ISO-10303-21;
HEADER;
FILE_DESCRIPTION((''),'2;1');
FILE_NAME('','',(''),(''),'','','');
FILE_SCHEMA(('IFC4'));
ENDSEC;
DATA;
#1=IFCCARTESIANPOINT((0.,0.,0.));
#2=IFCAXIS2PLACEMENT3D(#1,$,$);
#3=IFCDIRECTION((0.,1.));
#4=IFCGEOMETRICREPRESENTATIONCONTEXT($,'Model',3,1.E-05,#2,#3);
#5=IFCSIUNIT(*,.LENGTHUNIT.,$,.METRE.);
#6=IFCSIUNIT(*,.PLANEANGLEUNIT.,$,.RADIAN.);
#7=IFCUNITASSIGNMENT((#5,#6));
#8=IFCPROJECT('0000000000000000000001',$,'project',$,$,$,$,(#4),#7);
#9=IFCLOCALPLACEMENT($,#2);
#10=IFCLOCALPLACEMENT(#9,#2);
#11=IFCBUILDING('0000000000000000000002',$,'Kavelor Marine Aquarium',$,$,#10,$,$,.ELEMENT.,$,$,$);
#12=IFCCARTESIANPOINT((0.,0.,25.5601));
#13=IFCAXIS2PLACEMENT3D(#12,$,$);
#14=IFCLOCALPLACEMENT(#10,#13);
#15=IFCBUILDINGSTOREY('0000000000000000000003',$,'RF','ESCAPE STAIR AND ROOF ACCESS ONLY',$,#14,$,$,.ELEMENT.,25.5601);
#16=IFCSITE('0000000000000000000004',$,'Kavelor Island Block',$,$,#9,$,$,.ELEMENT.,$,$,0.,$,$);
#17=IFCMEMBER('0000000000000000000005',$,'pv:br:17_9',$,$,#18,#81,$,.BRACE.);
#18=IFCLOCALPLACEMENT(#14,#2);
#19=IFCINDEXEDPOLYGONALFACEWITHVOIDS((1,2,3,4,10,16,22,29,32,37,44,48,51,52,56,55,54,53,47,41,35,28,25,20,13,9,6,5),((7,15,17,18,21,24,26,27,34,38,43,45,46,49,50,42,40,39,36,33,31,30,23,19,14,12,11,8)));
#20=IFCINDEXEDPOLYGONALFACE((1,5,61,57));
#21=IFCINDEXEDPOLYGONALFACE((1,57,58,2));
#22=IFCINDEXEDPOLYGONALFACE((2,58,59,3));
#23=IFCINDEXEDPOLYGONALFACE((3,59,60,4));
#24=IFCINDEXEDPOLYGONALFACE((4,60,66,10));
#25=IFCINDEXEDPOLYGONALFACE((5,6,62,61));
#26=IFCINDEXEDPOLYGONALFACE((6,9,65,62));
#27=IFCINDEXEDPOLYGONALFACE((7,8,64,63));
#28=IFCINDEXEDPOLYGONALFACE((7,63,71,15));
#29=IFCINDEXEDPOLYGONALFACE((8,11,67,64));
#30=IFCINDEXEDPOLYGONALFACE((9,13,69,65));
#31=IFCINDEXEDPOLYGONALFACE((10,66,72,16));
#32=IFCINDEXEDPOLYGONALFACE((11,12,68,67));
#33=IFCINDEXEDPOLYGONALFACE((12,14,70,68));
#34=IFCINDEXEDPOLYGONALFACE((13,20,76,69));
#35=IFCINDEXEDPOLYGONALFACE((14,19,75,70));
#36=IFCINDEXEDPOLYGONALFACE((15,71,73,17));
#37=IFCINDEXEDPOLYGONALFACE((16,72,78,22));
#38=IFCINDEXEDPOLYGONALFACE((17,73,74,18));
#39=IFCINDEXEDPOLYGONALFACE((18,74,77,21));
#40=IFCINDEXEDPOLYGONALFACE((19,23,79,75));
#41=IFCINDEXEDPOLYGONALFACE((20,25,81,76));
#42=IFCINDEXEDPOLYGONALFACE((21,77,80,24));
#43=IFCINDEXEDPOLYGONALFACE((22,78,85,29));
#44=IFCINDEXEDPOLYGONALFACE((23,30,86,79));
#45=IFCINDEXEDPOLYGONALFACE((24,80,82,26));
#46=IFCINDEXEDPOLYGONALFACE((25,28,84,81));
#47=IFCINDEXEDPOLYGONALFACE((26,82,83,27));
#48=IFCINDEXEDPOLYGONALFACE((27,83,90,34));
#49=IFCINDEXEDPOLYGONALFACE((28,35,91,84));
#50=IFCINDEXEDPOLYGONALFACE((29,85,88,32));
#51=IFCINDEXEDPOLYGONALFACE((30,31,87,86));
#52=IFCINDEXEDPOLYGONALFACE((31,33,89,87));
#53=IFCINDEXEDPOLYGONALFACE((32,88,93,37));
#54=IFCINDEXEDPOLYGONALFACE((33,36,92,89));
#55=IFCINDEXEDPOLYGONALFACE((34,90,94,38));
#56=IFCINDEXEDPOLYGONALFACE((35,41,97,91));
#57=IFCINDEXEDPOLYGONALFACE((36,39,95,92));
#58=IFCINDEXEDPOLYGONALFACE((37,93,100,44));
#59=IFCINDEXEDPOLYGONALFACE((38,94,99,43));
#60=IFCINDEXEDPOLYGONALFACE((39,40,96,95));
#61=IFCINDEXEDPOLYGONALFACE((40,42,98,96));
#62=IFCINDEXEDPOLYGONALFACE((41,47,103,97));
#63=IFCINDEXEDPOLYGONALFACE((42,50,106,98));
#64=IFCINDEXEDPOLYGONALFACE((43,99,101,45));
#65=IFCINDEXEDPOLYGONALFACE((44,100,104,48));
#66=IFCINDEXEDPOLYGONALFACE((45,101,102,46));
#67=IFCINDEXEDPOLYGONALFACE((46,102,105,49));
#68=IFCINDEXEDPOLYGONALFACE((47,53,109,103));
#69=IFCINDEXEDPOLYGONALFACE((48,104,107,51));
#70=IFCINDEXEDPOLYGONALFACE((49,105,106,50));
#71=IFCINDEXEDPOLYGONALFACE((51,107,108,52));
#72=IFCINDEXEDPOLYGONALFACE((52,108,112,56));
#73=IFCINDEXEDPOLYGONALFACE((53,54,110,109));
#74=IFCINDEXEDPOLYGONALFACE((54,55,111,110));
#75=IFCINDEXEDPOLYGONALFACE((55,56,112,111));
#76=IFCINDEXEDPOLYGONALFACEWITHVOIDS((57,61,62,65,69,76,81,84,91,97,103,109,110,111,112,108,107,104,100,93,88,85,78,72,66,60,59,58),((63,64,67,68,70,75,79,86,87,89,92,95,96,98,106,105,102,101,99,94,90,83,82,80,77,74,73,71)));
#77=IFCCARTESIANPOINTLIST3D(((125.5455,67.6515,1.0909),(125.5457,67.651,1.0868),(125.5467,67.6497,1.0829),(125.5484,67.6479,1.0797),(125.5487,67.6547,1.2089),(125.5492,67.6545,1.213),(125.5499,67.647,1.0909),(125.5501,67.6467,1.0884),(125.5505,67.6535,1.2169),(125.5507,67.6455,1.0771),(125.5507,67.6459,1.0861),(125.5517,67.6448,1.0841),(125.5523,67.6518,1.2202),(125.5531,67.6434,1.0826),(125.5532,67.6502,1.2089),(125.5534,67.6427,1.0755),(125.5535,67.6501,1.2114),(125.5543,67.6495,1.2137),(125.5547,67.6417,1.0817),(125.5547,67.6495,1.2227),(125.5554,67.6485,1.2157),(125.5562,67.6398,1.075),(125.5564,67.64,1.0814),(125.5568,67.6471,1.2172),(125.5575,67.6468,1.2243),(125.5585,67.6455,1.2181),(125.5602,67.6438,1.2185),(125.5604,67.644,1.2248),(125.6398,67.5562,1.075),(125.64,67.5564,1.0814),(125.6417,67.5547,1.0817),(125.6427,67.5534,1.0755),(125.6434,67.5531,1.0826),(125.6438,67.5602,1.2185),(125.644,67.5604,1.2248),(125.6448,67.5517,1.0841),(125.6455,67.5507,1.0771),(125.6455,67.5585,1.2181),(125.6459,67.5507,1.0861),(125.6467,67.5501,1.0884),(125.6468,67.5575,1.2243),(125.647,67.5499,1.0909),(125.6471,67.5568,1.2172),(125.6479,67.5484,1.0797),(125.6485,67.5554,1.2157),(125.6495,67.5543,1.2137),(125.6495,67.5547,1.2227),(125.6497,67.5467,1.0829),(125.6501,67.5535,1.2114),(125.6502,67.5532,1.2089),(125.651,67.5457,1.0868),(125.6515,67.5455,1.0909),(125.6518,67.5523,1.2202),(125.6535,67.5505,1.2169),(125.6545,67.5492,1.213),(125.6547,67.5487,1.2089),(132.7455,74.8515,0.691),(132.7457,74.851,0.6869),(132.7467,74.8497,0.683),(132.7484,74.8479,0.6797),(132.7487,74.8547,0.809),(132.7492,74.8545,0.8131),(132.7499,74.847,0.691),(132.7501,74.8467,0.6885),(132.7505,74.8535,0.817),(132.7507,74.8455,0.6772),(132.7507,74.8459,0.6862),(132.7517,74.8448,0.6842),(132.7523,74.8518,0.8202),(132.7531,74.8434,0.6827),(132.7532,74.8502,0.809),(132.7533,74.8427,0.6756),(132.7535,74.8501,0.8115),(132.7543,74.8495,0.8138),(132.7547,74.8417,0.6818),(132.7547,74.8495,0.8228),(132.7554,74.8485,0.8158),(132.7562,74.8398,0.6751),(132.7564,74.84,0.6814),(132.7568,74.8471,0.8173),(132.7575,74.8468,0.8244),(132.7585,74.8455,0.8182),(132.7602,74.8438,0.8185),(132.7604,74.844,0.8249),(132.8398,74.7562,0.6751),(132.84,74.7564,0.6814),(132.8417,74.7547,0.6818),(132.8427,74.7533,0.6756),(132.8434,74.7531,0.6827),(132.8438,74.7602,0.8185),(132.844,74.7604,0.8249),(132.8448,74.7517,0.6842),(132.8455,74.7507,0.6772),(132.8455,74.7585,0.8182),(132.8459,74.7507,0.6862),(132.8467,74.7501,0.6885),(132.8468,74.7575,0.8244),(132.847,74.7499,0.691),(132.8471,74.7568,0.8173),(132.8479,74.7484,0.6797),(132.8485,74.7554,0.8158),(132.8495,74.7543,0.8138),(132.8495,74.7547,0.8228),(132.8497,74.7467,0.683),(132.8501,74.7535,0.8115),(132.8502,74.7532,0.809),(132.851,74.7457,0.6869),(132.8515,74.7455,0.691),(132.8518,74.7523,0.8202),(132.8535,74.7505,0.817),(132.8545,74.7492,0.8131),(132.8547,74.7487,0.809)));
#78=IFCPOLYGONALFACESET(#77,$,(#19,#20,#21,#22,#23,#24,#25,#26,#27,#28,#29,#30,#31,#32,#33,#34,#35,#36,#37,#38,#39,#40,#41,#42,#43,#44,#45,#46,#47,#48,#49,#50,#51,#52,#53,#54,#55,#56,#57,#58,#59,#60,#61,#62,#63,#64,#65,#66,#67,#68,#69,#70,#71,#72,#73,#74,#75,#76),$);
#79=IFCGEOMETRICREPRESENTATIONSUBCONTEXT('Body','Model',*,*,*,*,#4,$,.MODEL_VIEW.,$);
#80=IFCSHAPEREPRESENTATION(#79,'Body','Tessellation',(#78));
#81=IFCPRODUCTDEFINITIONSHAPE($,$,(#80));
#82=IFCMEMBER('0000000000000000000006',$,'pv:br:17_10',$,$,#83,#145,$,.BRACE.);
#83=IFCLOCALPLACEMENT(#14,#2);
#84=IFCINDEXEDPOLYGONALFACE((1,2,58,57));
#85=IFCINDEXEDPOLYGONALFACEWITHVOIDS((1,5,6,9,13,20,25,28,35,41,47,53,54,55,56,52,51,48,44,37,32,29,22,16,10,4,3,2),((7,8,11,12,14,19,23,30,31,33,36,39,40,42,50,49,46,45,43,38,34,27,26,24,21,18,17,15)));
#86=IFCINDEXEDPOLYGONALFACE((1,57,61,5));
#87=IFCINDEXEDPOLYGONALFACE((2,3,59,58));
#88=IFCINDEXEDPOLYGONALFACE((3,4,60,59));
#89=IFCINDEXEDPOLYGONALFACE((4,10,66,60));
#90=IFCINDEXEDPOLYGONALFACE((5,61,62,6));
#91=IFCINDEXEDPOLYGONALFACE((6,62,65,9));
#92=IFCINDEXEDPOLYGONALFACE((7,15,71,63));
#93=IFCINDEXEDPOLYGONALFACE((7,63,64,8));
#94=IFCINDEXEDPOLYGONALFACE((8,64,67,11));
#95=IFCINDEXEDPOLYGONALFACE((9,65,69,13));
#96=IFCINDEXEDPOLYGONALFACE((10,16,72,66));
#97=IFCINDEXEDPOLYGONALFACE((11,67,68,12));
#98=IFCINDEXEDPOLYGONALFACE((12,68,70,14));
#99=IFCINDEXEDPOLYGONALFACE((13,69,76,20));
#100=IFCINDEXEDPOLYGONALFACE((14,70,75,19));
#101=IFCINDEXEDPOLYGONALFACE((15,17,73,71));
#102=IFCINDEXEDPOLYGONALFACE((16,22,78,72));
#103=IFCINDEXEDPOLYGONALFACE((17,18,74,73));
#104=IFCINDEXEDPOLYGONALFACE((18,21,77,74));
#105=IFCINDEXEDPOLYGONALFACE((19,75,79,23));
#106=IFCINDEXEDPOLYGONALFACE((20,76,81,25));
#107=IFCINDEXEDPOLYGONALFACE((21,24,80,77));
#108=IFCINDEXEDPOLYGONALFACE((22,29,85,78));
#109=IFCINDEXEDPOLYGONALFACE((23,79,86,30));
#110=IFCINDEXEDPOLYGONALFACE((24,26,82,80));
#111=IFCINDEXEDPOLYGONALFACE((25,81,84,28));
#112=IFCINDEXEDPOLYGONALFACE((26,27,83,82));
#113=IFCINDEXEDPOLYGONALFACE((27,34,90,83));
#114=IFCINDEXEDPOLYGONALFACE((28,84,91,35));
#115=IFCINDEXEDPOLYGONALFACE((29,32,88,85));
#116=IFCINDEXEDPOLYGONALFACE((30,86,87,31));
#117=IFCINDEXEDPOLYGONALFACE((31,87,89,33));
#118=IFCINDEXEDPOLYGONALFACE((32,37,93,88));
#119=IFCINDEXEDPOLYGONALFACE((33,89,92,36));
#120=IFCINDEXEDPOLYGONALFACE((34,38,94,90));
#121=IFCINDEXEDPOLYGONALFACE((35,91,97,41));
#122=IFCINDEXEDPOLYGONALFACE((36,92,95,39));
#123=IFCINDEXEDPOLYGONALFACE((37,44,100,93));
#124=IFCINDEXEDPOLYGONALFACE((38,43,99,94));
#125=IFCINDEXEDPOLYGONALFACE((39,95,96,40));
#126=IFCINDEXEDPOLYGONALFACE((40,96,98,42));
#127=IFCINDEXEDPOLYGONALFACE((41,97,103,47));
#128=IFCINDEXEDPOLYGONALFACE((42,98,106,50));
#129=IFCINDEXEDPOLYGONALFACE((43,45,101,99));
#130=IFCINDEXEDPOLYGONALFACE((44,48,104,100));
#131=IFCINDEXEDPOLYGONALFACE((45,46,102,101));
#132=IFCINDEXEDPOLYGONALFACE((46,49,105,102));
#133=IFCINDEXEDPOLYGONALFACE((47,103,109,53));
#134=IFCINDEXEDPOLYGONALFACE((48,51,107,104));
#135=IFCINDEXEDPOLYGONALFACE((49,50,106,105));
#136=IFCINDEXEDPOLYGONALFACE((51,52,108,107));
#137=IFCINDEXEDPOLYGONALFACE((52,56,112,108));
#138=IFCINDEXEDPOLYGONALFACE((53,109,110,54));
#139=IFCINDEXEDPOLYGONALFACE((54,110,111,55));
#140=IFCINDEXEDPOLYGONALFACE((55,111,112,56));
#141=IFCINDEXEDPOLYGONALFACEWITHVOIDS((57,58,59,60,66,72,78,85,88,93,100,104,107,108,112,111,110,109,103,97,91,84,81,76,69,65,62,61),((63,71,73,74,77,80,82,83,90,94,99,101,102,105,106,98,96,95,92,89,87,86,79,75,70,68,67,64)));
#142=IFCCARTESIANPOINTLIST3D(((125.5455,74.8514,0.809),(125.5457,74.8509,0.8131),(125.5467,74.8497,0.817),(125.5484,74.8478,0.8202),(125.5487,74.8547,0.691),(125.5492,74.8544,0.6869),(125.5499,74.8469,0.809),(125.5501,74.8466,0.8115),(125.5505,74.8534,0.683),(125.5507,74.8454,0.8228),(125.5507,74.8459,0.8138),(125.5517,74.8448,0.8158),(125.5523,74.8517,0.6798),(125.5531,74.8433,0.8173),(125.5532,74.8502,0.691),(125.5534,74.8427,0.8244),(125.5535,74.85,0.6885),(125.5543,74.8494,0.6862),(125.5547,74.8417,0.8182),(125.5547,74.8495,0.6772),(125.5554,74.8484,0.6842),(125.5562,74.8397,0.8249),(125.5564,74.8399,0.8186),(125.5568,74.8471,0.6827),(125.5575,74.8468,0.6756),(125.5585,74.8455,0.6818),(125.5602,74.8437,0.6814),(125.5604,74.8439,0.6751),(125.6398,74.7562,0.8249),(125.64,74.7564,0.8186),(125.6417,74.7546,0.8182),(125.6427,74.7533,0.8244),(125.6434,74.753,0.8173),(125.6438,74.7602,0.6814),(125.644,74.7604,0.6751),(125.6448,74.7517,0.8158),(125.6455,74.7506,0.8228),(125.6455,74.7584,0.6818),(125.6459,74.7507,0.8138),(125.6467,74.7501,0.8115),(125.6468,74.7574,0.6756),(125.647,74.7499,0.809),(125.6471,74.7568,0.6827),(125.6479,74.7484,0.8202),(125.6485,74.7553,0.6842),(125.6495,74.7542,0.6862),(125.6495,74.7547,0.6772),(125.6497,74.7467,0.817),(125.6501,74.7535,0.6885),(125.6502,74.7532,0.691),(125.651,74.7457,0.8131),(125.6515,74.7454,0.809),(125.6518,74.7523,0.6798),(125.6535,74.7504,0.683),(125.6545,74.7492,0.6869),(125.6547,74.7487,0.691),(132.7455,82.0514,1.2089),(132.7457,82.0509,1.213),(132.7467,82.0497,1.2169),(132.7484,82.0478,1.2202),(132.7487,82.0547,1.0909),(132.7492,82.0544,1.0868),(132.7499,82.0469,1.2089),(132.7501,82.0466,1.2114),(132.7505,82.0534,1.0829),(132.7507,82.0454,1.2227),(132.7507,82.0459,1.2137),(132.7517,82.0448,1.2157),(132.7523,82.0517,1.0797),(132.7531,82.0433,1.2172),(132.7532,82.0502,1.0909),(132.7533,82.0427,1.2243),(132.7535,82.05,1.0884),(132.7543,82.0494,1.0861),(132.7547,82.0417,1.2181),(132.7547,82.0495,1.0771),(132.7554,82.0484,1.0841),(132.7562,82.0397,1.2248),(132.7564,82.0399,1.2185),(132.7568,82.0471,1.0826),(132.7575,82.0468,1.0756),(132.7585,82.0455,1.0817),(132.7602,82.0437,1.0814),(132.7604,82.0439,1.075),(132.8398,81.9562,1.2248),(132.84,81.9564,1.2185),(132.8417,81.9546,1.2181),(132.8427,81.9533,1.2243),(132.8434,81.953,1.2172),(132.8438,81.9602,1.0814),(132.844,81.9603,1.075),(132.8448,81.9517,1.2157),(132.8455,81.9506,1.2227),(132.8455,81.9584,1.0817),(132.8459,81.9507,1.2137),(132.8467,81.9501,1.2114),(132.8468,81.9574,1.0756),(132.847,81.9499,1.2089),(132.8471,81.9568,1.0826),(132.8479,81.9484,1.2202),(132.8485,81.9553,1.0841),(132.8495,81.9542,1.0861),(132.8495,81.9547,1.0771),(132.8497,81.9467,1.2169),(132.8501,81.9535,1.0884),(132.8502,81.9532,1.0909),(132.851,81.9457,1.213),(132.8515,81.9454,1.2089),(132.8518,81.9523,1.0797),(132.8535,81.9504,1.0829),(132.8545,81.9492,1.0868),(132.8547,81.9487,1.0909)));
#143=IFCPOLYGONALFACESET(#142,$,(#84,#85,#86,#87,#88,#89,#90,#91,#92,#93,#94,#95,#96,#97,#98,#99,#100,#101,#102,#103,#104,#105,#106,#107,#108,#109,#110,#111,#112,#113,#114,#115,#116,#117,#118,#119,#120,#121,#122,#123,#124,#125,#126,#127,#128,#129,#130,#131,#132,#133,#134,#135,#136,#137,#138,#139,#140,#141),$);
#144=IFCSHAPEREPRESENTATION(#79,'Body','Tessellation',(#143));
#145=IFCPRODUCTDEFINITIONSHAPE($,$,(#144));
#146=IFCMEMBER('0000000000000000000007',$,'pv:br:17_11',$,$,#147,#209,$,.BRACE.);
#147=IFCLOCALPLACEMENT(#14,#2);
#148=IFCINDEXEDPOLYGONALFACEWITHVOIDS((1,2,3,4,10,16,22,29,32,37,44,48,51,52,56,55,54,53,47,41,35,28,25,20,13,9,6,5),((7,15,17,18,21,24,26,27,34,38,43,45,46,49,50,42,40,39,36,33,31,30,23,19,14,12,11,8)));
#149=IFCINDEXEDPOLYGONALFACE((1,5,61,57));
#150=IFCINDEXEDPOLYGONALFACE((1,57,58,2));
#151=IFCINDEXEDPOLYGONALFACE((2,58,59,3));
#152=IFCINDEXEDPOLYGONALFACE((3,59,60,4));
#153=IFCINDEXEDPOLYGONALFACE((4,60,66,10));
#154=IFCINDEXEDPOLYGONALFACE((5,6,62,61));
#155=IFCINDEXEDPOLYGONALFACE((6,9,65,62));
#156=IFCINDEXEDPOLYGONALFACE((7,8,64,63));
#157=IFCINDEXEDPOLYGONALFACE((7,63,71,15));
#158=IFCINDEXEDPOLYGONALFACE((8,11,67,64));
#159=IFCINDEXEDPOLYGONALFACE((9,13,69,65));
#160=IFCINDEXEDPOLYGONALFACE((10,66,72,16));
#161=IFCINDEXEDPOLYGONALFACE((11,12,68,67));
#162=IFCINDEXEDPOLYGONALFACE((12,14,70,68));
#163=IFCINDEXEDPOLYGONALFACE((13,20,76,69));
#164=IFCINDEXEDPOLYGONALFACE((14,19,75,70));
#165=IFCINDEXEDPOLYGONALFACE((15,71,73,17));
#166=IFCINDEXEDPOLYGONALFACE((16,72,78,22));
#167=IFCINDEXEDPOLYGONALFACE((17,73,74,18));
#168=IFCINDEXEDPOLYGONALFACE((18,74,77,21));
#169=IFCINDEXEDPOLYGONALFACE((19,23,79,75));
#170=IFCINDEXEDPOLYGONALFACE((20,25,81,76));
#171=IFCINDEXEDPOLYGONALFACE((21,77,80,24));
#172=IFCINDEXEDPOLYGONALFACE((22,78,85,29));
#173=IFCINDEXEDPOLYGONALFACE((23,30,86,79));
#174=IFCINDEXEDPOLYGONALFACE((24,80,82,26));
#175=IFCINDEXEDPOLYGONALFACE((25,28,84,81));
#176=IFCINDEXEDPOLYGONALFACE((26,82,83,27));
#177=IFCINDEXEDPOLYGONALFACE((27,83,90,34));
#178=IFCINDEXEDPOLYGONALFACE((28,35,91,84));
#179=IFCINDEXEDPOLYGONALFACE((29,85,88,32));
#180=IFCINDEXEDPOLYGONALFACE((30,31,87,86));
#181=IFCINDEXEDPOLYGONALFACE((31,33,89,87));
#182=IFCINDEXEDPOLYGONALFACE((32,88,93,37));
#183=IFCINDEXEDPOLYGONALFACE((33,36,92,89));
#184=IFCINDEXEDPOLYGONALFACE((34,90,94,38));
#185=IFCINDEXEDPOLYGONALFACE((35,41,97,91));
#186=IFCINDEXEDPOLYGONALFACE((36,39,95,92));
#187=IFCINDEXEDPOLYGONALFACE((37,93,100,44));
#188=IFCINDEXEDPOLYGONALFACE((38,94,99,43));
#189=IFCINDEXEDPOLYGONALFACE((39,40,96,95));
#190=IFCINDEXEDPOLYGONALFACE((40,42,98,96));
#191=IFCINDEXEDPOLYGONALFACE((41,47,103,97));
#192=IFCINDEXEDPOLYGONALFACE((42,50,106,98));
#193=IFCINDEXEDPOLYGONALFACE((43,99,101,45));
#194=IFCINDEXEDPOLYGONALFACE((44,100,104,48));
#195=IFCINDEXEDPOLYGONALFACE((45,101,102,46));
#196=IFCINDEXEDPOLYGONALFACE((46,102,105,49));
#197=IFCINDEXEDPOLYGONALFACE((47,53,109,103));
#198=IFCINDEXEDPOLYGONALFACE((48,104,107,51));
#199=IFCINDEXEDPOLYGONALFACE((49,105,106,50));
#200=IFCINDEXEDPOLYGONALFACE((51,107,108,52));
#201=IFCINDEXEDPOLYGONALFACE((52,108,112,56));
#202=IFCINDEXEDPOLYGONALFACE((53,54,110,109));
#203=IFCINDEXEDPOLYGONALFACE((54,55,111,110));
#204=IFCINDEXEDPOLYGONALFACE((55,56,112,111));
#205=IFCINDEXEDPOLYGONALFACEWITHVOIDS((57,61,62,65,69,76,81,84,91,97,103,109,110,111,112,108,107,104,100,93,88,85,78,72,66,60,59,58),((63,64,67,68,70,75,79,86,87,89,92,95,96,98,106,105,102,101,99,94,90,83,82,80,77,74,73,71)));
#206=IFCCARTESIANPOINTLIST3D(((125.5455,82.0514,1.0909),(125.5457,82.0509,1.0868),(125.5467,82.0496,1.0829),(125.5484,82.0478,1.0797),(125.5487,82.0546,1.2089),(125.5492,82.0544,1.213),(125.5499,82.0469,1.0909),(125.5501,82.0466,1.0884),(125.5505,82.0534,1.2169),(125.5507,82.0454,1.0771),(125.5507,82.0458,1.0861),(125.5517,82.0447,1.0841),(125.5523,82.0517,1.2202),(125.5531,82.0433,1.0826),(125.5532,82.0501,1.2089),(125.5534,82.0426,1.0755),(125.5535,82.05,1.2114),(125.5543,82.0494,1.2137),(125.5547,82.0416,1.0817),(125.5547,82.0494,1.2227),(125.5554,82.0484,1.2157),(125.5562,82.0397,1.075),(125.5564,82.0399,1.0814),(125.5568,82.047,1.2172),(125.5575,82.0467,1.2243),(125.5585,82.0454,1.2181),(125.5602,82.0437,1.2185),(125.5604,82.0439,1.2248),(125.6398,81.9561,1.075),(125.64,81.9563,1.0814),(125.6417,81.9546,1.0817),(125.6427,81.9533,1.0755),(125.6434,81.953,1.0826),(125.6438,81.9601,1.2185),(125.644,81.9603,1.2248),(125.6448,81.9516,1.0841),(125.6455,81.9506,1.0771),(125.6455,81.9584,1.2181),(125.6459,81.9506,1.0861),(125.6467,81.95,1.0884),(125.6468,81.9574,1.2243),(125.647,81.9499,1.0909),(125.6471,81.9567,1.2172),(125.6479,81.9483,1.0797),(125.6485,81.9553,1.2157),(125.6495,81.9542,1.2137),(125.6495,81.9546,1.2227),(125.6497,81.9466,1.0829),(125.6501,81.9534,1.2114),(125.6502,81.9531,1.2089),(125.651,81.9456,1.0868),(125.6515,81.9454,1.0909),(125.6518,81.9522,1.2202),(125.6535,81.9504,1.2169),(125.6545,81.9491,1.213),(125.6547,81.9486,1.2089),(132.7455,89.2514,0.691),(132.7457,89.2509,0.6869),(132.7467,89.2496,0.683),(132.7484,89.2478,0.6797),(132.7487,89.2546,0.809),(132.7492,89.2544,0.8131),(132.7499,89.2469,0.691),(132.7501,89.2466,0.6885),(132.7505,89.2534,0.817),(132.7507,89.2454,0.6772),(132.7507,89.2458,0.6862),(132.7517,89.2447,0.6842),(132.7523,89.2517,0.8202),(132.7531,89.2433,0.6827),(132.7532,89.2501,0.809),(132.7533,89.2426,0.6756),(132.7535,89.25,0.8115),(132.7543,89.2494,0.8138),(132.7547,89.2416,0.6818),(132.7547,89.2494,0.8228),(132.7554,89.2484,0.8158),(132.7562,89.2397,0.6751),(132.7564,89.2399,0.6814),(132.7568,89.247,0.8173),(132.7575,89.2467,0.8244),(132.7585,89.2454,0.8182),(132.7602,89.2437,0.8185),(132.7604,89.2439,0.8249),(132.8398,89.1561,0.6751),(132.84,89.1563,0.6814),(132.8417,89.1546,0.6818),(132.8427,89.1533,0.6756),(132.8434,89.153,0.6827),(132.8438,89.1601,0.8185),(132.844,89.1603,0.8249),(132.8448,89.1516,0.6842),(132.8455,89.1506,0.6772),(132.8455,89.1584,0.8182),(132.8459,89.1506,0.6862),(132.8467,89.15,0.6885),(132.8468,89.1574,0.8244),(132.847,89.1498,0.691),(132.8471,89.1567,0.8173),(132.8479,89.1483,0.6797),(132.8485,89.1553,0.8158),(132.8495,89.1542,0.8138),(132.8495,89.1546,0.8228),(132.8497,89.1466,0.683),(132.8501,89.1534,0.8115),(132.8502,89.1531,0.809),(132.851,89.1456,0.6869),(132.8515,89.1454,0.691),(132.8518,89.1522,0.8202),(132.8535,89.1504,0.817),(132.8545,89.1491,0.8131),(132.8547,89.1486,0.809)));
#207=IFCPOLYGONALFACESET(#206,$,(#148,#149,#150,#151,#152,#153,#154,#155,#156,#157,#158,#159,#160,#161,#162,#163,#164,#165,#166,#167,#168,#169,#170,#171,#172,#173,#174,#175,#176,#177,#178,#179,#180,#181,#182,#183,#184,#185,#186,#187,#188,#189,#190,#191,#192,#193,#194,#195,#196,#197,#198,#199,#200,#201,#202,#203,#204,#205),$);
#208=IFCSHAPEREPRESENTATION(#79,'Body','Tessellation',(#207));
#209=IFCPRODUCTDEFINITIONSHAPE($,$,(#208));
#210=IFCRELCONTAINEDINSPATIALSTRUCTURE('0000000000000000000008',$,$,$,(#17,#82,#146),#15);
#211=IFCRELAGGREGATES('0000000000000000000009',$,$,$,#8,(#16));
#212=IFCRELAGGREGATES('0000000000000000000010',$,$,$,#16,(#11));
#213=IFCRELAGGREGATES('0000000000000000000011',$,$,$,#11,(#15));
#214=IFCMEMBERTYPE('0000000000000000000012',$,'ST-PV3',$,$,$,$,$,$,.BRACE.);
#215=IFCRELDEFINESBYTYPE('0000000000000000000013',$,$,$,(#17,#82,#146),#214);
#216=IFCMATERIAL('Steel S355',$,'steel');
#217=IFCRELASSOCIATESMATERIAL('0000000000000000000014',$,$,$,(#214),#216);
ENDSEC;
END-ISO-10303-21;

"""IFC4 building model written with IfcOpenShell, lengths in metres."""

from ifc_helpers import new_model, si_unit, direction, frame, origin, origin_2d, place, context, subcontext, project, spatial, hollow_rectangle, extrude, material, material_profile, profile_set, type_object, element, save


model = new_model("IFC4")

# Units and contexts
model_context = context("Model", 3, precision=1e-05, world=origin(), true_north=direction((0.0, 1.0)))
body_context = subcontext(model_context, "Body", "Model", "MODEL_VIEW")
ifc_project = project(units=[si_unit("LENGTHUNIT", "METRE"), si_unit("PLANEANGLEUNIT", "RADIAN")], contexts=[model_context])

# Site, building, storey
site_placement = place(None, origin())
site = spatial("IfcSite", under=ifc_project, at=site_placement, Name="Kavelor Island Block", CompositionType="ELEMENT", RefElevation=0.0)
building_placement = place(site_placement, origin())
building = spatial("IfcBuilding", under=site, at=building_placement, Name="Kavelor Marine Aquarium", CompositionType="ELEMENT")
storey_placement = place(building_placement, frame((0.0, 0.0, 25.5601)))
storey = spatial("IfcBuildingStorey", under=building, at=storey_placement, Name="RF", Description="ESCAPE STAIR AND ROOF ACCESS ONLY", CompositionType="ELEMENT", Elevation=25.5601)

# Members
ifc_material_1 = material(Name="Steel S355", Category="steel")
ifc_material_profile_1 = material_profile(ifc_material_1, hollow_rectangle(XDim=0.1499, YDim=0.1499, WallThickness=0.0063, InnerFilletRadius=0.0095, OuterFilletRadius=0.0159, at=origin_2d()), Name="SHS 150x150x6.3")
ifc_profile_set_1 = profile_set([ifc_material_profile_1], Name="Steel S355")
member_type_1 = type_object("IfcMemberType", Name="ST-PV3", PredefinedType="BRACE", material=ifc_profile_set_1)
for number, where, z_axis, x_axis, name in (
    (1, (125.6001, 67.6001, 1.1499), (0.706562, 0.706562, -0.039244), (-0.707107, 0.707107, 0.0), "pv:br:17_9"),
    (2, (125.6001, 74.8, 0.75), (0.706562, 0.706562, 0.039244), (-0.707107, 0.707107, 0.0), "pv:br:17_10"),
    (3, (125.6001, 82.0, 1.1499), (0.706562, 0.706562, -0.039244), (-0.707107, 0.707107, 0.0), "pv:br:17_11"),
):
    element("IfcMember", number, at=place(storey_placement, frame(where, z_axis=z_axis, x_axis=x_axis)), inside=storey, type_object=member_type_1, Name=name, PredefinedType="BRACE", context=body_context, shape_type="SweptSolid", body=[
        extrude(hollow_rectangle(XDim=0.1499, YDim=0.1499, WallThickness=0.0063, InnerFilletRadius=0.0095, OuterFilletRadius=0.0159, at=origin_2d()), origin(), (0.0, 0.0, 1.0), 10.1902),
    ])

save(model, "model.ifc")
